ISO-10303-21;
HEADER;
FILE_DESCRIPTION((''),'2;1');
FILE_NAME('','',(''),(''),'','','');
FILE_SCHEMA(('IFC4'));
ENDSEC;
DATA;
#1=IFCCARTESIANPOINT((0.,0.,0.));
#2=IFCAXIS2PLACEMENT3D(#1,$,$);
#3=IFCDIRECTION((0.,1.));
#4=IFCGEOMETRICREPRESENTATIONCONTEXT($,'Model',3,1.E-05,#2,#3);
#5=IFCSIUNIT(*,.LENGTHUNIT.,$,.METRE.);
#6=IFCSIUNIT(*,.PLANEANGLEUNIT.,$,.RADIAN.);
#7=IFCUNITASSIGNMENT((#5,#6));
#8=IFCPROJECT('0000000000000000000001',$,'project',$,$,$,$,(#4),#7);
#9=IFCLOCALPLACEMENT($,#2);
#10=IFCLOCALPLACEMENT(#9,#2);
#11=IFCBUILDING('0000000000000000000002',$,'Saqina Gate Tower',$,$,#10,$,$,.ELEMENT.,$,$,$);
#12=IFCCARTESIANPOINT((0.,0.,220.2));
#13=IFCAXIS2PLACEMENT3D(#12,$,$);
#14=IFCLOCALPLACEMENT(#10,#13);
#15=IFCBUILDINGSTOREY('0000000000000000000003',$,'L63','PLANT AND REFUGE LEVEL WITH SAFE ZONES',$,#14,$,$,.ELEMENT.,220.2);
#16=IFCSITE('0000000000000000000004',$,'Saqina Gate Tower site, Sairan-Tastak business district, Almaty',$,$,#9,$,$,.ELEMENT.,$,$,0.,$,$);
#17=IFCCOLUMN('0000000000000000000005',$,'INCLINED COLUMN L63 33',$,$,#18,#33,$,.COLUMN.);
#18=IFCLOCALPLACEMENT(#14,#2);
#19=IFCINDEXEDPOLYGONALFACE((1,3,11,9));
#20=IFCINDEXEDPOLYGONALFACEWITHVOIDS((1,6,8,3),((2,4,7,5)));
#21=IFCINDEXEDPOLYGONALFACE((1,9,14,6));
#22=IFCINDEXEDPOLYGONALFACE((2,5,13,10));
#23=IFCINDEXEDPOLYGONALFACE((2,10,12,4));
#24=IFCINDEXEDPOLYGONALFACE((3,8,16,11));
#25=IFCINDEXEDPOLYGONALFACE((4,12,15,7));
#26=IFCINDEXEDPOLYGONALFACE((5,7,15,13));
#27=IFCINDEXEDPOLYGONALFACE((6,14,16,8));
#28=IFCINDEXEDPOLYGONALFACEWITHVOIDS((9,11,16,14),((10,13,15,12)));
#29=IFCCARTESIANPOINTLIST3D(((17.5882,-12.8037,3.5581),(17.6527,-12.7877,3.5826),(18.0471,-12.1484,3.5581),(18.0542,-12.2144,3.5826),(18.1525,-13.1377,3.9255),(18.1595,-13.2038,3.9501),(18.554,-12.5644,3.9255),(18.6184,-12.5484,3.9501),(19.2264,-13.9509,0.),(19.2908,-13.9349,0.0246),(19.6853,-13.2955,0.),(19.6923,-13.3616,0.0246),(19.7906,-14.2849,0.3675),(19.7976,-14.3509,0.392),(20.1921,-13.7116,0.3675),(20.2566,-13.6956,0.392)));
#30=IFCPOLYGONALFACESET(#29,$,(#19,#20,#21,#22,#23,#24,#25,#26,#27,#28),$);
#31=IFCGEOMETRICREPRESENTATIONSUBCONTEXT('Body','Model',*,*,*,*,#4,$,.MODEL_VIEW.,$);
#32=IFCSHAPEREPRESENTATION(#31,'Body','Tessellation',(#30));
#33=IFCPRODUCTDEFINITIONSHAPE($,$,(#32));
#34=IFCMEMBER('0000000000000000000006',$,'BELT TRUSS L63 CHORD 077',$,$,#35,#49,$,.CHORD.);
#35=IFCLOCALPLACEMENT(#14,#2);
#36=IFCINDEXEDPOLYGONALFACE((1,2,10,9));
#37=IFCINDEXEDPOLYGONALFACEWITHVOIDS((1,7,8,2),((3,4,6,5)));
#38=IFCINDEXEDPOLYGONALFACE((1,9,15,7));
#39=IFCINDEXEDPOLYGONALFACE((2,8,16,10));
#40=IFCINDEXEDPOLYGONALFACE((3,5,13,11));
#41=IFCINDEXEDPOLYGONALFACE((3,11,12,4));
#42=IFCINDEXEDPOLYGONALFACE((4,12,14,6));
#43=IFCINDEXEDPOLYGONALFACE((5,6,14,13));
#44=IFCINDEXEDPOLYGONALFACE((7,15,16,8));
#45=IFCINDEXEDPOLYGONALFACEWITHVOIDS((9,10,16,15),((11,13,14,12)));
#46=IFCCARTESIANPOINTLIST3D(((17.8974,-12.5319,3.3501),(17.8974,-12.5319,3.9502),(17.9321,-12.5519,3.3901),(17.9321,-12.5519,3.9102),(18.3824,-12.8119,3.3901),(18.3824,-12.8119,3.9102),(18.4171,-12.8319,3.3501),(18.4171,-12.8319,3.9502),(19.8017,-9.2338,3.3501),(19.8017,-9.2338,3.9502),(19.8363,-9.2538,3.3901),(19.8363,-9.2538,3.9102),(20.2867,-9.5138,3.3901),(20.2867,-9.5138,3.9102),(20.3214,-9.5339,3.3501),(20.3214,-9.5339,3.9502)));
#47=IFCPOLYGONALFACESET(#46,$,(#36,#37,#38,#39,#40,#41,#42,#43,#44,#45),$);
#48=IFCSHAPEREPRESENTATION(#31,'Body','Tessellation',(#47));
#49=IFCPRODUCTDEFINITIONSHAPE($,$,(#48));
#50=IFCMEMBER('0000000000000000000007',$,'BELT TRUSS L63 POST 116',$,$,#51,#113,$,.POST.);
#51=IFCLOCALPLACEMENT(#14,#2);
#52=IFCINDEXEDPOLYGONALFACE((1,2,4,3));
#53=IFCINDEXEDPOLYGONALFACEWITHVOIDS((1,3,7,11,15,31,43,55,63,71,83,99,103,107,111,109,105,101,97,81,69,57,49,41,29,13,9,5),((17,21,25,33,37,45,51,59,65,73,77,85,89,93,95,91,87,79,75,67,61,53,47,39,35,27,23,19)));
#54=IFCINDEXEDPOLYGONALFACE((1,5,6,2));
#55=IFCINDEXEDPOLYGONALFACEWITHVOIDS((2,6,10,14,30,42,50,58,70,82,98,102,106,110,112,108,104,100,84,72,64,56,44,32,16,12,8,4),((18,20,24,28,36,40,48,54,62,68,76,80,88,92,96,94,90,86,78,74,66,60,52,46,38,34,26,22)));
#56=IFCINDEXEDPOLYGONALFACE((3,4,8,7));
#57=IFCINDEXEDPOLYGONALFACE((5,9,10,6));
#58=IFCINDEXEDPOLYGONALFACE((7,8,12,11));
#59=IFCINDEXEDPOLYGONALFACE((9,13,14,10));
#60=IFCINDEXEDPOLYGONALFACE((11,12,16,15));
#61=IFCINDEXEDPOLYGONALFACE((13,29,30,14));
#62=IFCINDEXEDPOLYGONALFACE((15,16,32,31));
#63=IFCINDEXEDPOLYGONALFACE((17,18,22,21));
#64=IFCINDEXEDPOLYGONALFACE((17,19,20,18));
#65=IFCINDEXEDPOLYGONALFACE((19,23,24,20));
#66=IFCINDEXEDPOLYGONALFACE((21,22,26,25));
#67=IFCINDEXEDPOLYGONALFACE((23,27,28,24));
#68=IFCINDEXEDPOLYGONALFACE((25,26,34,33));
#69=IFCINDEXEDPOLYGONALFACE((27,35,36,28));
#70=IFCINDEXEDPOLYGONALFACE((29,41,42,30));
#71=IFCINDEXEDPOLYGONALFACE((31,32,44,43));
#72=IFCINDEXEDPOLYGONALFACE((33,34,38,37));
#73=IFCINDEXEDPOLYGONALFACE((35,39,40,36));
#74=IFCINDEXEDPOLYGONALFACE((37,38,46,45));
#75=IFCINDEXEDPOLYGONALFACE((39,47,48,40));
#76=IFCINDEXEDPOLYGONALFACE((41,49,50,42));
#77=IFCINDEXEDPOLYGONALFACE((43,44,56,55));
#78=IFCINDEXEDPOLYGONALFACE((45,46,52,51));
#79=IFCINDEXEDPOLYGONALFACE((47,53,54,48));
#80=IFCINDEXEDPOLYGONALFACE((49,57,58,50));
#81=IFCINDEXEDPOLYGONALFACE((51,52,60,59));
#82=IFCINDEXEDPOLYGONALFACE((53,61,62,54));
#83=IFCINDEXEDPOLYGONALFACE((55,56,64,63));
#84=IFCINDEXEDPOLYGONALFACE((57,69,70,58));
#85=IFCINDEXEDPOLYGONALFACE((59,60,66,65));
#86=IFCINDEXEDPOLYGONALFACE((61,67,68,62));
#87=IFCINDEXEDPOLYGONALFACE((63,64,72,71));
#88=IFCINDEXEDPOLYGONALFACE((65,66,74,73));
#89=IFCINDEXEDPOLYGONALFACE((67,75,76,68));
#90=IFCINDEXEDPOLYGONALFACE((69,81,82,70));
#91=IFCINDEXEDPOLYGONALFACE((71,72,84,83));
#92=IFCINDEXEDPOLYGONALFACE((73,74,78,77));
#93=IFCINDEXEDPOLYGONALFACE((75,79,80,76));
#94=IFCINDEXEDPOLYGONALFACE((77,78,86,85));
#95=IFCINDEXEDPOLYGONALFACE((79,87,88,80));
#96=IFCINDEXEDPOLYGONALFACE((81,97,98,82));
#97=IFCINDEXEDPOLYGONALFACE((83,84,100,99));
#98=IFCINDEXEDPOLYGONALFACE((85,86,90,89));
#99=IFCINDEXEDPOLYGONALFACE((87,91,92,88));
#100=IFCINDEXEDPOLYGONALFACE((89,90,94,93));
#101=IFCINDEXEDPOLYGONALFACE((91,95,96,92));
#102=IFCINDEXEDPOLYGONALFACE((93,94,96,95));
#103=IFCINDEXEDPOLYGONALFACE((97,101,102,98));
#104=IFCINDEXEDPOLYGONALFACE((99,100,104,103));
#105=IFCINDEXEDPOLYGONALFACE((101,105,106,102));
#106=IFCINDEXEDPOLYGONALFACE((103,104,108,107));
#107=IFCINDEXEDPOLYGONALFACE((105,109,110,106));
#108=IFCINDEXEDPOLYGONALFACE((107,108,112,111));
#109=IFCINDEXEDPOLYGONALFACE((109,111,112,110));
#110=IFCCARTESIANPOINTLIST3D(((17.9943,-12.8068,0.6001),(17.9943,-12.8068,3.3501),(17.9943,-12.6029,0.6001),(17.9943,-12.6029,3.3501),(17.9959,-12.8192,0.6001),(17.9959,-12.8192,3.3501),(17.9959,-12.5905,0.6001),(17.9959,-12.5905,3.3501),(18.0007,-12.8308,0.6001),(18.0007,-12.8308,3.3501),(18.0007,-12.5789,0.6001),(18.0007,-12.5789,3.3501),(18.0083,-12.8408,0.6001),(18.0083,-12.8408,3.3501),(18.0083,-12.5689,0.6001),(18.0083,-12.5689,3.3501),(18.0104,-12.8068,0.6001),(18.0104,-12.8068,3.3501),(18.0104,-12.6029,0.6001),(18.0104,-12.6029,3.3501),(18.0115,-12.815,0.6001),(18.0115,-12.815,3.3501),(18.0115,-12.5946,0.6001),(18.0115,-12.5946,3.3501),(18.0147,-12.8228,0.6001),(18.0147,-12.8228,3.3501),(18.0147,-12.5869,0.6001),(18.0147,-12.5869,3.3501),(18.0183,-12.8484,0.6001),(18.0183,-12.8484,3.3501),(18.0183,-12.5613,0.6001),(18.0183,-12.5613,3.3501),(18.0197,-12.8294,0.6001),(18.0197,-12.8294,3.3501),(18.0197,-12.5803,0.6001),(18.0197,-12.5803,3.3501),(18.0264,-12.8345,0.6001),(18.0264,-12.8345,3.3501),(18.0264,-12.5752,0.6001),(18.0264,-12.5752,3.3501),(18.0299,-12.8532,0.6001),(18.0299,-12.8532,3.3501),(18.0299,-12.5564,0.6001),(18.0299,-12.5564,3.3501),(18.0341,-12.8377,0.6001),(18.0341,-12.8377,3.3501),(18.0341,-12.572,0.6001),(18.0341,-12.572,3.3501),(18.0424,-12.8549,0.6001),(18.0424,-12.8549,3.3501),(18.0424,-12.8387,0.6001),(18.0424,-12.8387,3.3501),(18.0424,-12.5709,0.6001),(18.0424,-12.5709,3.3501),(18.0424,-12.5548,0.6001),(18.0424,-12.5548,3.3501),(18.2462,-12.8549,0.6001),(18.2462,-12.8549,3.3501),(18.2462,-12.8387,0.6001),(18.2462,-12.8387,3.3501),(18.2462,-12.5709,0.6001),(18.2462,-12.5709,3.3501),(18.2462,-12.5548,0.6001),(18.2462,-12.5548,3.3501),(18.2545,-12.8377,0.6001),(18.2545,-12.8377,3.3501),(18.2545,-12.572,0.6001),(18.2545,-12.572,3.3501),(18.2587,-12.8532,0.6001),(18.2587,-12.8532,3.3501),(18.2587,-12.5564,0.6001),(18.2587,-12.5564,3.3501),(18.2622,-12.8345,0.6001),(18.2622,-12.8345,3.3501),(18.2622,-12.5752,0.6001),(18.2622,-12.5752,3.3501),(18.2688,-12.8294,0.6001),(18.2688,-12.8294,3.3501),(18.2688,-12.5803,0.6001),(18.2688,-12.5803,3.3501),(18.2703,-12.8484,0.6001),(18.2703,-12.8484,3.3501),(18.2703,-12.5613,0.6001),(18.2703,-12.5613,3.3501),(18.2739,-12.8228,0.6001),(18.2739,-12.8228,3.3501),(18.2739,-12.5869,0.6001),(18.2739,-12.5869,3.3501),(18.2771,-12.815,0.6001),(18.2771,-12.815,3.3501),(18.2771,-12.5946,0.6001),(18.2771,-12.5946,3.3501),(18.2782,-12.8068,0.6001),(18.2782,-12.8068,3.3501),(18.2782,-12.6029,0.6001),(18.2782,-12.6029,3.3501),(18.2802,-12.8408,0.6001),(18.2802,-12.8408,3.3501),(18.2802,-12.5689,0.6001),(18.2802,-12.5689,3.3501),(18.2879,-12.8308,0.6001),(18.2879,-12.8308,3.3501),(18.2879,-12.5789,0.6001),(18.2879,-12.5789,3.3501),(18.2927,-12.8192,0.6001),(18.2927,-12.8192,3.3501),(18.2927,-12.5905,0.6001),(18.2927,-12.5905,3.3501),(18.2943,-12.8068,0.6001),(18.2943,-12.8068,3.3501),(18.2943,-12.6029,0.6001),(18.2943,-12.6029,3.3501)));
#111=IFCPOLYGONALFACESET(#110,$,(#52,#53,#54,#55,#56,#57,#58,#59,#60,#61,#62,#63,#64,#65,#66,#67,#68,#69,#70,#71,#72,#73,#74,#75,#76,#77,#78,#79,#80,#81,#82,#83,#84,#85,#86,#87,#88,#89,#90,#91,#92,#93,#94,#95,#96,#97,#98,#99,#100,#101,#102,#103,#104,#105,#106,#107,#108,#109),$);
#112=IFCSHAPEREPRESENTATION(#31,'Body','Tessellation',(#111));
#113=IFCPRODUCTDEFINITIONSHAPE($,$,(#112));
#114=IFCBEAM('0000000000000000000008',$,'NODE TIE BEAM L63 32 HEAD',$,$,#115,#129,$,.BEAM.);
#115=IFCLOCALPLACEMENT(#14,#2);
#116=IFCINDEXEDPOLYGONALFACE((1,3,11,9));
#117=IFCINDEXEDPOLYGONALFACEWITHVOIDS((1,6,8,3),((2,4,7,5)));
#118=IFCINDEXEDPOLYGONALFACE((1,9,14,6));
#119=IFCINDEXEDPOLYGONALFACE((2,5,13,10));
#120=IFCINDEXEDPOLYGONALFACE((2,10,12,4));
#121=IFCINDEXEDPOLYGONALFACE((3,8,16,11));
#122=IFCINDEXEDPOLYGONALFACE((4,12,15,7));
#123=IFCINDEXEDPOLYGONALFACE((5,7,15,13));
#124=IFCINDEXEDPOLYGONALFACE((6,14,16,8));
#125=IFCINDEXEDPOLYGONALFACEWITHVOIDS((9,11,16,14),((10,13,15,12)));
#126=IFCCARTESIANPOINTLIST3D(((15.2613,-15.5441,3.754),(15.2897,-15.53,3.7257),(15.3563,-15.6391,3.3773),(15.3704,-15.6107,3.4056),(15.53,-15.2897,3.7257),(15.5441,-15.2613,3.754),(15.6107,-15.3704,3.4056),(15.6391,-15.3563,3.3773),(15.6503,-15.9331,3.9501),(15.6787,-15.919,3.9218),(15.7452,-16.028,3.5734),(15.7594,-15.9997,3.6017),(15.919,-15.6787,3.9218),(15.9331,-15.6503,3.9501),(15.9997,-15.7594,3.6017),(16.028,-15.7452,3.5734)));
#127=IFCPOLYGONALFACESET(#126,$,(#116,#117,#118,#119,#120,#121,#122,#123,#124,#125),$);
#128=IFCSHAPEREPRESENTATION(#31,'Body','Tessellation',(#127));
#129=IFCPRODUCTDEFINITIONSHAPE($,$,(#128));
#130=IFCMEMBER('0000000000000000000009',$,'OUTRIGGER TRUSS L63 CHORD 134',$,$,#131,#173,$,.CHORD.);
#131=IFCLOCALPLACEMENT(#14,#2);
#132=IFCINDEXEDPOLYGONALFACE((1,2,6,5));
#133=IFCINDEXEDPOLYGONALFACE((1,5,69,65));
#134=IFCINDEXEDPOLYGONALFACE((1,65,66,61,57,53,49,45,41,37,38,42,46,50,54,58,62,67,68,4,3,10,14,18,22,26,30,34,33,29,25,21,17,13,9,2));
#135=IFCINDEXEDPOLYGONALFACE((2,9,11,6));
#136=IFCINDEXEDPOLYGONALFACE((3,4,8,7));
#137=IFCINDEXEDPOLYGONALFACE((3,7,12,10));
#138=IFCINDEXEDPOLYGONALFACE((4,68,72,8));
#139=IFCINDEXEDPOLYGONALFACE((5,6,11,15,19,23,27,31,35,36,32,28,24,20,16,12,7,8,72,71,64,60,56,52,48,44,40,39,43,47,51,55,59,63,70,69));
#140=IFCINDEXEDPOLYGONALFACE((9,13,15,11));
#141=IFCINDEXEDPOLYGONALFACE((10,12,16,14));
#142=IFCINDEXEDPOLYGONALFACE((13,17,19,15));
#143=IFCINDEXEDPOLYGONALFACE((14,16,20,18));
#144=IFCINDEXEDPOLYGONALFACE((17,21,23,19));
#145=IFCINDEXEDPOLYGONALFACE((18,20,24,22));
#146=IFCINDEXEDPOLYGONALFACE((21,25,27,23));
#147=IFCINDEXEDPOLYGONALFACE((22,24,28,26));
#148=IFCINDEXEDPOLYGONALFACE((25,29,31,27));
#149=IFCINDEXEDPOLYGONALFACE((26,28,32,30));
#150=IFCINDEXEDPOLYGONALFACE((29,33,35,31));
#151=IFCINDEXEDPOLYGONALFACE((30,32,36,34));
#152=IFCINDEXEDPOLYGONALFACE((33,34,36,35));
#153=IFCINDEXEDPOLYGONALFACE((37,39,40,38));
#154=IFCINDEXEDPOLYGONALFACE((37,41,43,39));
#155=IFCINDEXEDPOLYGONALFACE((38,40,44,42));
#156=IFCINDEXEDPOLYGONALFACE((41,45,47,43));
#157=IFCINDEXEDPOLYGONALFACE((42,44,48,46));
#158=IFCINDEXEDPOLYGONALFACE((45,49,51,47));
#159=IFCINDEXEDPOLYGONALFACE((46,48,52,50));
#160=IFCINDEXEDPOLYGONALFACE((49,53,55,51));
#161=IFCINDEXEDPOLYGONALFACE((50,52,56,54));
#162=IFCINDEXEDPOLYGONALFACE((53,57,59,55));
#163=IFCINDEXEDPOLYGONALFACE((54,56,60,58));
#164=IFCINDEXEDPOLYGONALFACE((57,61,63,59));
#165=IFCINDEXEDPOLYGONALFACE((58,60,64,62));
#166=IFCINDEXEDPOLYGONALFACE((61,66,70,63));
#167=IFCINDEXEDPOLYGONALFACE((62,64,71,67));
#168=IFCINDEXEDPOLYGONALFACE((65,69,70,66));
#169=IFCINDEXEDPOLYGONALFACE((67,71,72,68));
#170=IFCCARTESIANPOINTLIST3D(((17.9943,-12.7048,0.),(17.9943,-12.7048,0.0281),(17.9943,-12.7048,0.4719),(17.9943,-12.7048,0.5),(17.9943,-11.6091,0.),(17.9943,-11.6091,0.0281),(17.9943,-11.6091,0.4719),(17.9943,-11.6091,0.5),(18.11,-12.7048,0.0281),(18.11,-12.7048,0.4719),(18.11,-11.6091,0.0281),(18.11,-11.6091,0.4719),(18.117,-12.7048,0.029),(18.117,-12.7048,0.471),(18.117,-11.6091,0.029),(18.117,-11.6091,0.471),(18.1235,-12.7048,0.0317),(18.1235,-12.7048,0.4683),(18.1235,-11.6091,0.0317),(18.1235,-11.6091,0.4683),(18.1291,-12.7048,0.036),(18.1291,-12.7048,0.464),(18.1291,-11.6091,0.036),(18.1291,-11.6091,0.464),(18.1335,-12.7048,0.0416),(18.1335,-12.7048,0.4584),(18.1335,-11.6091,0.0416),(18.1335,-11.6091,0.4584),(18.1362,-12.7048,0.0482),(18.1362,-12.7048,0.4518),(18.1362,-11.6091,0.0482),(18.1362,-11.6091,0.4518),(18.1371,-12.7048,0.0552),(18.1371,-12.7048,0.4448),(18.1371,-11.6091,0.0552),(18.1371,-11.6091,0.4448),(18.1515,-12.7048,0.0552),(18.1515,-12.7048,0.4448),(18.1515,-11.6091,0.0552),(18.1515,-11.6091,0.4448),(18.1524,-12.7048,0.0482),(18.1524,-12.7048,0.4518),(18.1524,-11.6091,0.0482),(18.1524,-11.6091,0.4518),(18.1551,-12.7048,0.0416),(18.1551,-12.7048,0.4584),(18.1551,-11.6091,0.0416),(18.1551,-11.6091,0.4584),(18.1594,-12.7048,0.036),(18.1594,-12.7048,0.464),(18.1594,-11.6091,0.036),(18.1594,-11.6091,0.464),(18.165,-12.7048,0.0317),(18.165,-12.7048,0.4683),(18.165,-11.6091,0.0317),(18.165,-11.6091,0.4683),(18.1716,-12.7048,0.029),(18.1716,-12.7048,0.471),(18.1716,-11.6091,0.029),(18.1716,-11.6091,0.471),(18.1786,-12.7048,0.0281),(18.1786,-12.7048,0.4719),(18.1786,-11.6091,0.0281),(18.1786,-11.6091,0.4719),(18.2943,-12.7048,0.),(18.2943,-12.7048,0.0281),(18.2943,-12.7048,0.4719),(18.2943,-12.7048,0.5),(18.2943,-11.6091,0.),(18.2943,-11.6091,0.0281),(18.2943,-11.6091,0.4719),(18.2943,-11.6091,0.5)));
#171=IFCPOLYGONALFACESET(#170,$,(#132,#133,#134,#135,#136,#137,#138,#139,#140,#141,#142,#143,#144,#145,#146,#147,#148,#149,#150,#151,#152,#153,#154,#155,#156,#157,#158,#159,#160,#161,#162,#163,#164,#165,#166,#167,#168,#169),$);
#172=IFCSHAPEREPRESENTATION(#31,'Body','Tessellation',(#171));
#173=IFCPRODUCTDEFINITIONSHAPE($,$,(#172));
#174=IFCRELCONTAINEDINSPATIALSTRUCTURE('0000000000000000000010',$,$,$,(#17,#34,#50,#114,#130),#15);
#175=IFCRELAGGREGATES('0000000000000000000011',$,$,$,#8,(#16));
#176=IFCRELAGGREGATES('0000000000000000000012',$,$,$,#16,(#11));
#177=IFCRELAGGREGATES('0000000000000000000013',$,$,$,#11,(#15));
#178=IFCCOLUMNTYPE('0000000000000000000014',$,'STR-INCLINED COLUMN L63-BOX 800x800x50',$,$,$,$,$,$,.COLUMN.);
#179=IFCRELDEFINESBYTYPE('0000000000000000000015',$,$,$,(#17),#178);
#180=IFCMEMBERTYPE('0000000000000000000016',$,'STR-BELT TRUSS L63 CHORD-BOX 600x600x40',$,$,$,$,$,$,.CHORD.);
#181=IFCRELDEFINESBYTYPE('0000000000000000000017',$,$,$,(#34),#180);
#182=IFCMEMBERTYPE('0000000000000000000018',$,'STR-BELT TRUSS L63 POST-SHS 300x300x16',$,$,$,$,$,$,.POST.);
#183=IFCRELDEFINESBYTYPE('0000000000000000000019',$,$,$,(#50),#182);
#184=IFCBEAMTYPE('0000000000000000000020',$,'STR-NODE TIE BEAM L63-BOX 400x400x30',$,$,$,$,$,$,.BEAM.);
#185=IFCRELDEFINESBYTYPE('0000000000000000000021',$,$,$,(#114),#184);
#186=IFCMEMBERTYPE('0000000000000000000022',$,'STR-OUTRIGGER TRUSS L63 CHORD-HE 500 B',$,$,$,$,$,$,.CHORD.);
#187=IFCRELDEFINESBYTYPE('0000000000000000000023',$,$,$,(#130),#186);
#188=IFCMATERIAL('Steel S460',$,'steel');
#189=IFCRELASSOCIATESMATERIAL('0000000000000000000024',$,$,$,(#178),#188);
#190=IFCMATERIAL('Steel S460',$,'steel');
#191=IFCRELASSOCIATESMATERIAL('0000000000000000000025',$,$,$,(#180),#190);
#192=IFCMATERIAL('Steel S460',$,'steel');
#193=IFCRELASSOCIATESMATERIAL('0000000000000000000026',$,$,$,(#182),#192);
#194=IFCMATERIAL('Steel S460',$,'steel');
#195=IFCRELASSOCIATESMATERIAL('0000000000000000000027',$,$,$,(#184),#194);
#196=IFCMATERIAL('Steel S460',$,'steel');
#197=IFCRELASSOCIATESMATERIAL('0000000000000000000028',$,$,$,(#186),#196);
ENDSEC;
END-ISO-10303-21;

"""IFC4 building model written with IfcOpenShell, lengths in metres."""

from ifc_helpers import new_model, si_unit, direction, frame, origin, origin_2d, place, context, subcontext, project, spatial, hollow_rectangle, i_section, extrude, material, material_profile, profile_set, type_object, element, save


model = new_model("IFC4")

# Units and contexts
model_context = context("Model", 3, precision=1e-05, world=origin(), true_north=direction((0.0, 1.0)))
body_context = subcontext(model_context, "Body", "Model", "MODEL_VIEW")
ifc_project = project(units=[si_unit("LENGTHUNIT", "METRE"), si_unit("PLANEANGLEUNIT", "RADIAN")], contexts=[model_context])

# Site, building, storey
site_placement = place(None, origin())
site = spatial("IfcSite", under=ifc_project, at=site_placement, Name="Saqina Gate Tower site, Sairan-Tastak business district, Almaty", CompositionType="ELEMENT", RefElevation=0.0)
building_placement = place(site_placement, origin())
building = spatial("IfcBuilding", under=site, at=building_placement, Name="Saqina Gate Tower", CompositionType="ELEMENT")
storey_placement = place(building_placement, frame((0.0, 0.0, 220.2)))
storey = spatial("IfcBuildingStorey", under=building, at=storey_placement, Name="L63", Description="PLANT AND REFUGE LEVEL WITH SAFE ZONES", CompositionType="ELEMENT", Elevation=220.2)

# Column
ifc_material_1 = material(Name="Steel S460", Category="steel")
ifc_material_profile_1 = material_profile(ifc_material_1, hollow_rectangle(XDim=0.8, YDim=0.8, WallThickness=0.05, at=origin_2d()), Name="BOX 800x800x50")
ifc_profile_set_1 = profile_set([ifc_material_profile_1], Name="Steel S460")
column_type = type_object("IfcColumnType", Name="STR-INCLINED COLUMN L63-BOX 800x800x50", PredefinedType="COLUMN", material=ifc_profile_set_1)
column_placement = place(storey_placement, frame((19.7415, -13.8232, 0.196), z_axis=(-0.401353, 0.281067, 0.871732), x_axis=(-0.573626, -0.819117, 0.0)))
element("IfcColumn", 1, at=column_placement, inside=storey, type_object=column_type, Name="INCLINED COLUMN L63 33", PredefinedType="COLUMN", context=body_context, shape_type="SweptSolid", body=[
    extrude(hollow_rectangle(XDim=0.8, YDim=0.8, WallThickness=0.05, at=origin_2d()), origin(), (0.0, 0.0, 1.0), 4.0815),
])

# Members
ifc_material_2 = material(Name="Steel S460", Category="steel")
ifc_material_profile_2 = material_profile(ifc_material_2, hollow_rectangle(XDim=0.6001, YDim=0.6001, WallThickness=0.04, at=origin_2d()), Name="BOX 600x600x40")
ifc_profile_set_2 = profile_set([ifc_material_profile_2], Name="Steel S460")
member_type_1 = type_object("IfcMemberType", Name="STR-BELT TRUSS L63 CHORD-BOX 600x600x40", PredefinedType="CHORD", material=ifc_profile_set_2)
member_1_placement = place(storey_placement, frame((18.1572, -12.6819, 3.6501), z_axis=(0.500028, 0.866009, 0.0), x_axis=(-0.866009, 0.500028, 0.0)))
element("IfcMember", 2, at=member_1_placement, inside=storey, type_object=member_type_1, Name="BELT TRUSS L63 CHORD 077", PredefinedType="CHORD", context=body_context, shape_type="SweptSolid", body=[
    extrude(hollow_rectangle(XDim=0.6001, YDim=0.6001, WallThickness=0.04, at=origin_2d()), origin(), (0.0, 0.0, 1.0), 3.8083),
])
ifc_material_3 = material(Name="Steel S460", Category="steel")
ifc_material_profile_3 = material_profile(ifc_material_3, hollow_rectangle(XDim=0.3, YDim=0.3, WallThickness=0.0161, InnerFilletRadius=0.032, OuterFilletRadius=0.0481, at=origin_2d()), Name="SHS 300x300x16")
ifc_profile_set_3 = profile_set([ifc_material_profile_3], Name="Steel S460")
member_type_2 = type_object("IfcMemberType", Name="STR-BELT TRUSS L63 POST-SHS 300x300x16", PredefinedType="POST", material=ifc_profile_set_3)
member_2_placement = place(storey_placement, frame((18.1443, -12.7048, 0.6001), z_axis=(0.0, 0.0, 1.0), x_axis=(1.0, 0.0, 0.0)))
element("IfcMember", 3, at=member_2_placement, inside=storey, type_object=member_type_2, Name="BELT TRUSS L63 POST 116", PredefinedType="POST", context=body_context, shape_type="SweptSolid", body=[
    extrude(hollow_rectangle(XDim=0.3, YDim=0.3, WallThickness=0.0161, InnerFilletRadius=0.032, OuterFilletRadius=0.0481, at=origin_2d()), origin(), (0.0, 0.0, 1.0), 2.75),
])

# Beam
ifc_material_4 = material(Name="Steel S460", Category="steel")
ifc_material_profile_4 = material_profile(ifc_material_4, hollow_rectangle(XDim=0.3999, YDim=0.3999, WallThickness=0.03, at=origin_2d()), Name="BOX 400x400x30")
ifc_profile_set_4 = profile_set([ifc_material_profile_4], Name="Steel S460")
beam_type = type_object("IfcBeamType", Name="STR-NODE TIE BEAM L63-BOX 400x400x30", PredefinedType="BEAM", material=ifc_profile_set_4)
beam_placement = place(storey_placement, frame((15.4502, -15.4502, 3.5657), z_axis=(0.666061, -0.666061, 0.335748), x_axis=(0.707107, 0.707107, 0.0)))
element("IfcBeam", 4, at=beam_placement, inside=storey, type_object=beam_type, Name="NODE TIE BEAM L63 32 HEAD", PredefinedType="BEAM", context=body_context, shape_type="SweptSolid", body=[
    extrude(hollow_rectangle(XDim=0.3999, YDim=0.3999, WallThickness=0.03, at=origin_2d()), origin(), (0.0, 0.0, 1.0), 0.584),
])

# Member
ifc_material_5 = material(Name="Steel S460", Category="steel")
ifc_material_profile_5 = material_profile(ifc_material_5, i_section(OverallWidth=0.3, OverallDepth=0.5, WebThickness=0.0144, FlangeThickness=0.0281, FilletRadius=0.0271, at=origin_2d()), Name="HE 500 B")
ifc_profile_set_5 = profile_set([ifc_material_profile_5], Name="Steel S460")
member_type_3 = type_object("IfcMemberType", Name="STR-OUTRIGGER TRUSS L63 CHORD-HE 500 B", PredefinedType="CHORD", material=ifc_profile_set_5)
for number, where, z_axis, x_axis, name in (
    (5, (18.1443, -11.6091, 0.25), (0.0, -1.0, 0.0), (1.0, 0.0, 0.0), "OUTRIGGER TRUSS L63 CHORD 134"),
):
    element("IfcMember", number, at=place(storey_placement, frame(where, z_axis=z_axis, x_axis=x_axis)), inside=storey, type_object=member_type_3, Name=name, PredefinedType="CHORD", context=body_context, shape_type="SweptSolid", body=[
        extrude(i_section(OverallWidth=0.3, OverallDepth=0.5, WebThickness=0.0144, FlangeThickness=0.0281, FilletRadius=0.0271, at=origin_2d()), origin(), (0.0, 0.0, 1.0), 1.0957),
    ])

save(model, "model.ifc")
